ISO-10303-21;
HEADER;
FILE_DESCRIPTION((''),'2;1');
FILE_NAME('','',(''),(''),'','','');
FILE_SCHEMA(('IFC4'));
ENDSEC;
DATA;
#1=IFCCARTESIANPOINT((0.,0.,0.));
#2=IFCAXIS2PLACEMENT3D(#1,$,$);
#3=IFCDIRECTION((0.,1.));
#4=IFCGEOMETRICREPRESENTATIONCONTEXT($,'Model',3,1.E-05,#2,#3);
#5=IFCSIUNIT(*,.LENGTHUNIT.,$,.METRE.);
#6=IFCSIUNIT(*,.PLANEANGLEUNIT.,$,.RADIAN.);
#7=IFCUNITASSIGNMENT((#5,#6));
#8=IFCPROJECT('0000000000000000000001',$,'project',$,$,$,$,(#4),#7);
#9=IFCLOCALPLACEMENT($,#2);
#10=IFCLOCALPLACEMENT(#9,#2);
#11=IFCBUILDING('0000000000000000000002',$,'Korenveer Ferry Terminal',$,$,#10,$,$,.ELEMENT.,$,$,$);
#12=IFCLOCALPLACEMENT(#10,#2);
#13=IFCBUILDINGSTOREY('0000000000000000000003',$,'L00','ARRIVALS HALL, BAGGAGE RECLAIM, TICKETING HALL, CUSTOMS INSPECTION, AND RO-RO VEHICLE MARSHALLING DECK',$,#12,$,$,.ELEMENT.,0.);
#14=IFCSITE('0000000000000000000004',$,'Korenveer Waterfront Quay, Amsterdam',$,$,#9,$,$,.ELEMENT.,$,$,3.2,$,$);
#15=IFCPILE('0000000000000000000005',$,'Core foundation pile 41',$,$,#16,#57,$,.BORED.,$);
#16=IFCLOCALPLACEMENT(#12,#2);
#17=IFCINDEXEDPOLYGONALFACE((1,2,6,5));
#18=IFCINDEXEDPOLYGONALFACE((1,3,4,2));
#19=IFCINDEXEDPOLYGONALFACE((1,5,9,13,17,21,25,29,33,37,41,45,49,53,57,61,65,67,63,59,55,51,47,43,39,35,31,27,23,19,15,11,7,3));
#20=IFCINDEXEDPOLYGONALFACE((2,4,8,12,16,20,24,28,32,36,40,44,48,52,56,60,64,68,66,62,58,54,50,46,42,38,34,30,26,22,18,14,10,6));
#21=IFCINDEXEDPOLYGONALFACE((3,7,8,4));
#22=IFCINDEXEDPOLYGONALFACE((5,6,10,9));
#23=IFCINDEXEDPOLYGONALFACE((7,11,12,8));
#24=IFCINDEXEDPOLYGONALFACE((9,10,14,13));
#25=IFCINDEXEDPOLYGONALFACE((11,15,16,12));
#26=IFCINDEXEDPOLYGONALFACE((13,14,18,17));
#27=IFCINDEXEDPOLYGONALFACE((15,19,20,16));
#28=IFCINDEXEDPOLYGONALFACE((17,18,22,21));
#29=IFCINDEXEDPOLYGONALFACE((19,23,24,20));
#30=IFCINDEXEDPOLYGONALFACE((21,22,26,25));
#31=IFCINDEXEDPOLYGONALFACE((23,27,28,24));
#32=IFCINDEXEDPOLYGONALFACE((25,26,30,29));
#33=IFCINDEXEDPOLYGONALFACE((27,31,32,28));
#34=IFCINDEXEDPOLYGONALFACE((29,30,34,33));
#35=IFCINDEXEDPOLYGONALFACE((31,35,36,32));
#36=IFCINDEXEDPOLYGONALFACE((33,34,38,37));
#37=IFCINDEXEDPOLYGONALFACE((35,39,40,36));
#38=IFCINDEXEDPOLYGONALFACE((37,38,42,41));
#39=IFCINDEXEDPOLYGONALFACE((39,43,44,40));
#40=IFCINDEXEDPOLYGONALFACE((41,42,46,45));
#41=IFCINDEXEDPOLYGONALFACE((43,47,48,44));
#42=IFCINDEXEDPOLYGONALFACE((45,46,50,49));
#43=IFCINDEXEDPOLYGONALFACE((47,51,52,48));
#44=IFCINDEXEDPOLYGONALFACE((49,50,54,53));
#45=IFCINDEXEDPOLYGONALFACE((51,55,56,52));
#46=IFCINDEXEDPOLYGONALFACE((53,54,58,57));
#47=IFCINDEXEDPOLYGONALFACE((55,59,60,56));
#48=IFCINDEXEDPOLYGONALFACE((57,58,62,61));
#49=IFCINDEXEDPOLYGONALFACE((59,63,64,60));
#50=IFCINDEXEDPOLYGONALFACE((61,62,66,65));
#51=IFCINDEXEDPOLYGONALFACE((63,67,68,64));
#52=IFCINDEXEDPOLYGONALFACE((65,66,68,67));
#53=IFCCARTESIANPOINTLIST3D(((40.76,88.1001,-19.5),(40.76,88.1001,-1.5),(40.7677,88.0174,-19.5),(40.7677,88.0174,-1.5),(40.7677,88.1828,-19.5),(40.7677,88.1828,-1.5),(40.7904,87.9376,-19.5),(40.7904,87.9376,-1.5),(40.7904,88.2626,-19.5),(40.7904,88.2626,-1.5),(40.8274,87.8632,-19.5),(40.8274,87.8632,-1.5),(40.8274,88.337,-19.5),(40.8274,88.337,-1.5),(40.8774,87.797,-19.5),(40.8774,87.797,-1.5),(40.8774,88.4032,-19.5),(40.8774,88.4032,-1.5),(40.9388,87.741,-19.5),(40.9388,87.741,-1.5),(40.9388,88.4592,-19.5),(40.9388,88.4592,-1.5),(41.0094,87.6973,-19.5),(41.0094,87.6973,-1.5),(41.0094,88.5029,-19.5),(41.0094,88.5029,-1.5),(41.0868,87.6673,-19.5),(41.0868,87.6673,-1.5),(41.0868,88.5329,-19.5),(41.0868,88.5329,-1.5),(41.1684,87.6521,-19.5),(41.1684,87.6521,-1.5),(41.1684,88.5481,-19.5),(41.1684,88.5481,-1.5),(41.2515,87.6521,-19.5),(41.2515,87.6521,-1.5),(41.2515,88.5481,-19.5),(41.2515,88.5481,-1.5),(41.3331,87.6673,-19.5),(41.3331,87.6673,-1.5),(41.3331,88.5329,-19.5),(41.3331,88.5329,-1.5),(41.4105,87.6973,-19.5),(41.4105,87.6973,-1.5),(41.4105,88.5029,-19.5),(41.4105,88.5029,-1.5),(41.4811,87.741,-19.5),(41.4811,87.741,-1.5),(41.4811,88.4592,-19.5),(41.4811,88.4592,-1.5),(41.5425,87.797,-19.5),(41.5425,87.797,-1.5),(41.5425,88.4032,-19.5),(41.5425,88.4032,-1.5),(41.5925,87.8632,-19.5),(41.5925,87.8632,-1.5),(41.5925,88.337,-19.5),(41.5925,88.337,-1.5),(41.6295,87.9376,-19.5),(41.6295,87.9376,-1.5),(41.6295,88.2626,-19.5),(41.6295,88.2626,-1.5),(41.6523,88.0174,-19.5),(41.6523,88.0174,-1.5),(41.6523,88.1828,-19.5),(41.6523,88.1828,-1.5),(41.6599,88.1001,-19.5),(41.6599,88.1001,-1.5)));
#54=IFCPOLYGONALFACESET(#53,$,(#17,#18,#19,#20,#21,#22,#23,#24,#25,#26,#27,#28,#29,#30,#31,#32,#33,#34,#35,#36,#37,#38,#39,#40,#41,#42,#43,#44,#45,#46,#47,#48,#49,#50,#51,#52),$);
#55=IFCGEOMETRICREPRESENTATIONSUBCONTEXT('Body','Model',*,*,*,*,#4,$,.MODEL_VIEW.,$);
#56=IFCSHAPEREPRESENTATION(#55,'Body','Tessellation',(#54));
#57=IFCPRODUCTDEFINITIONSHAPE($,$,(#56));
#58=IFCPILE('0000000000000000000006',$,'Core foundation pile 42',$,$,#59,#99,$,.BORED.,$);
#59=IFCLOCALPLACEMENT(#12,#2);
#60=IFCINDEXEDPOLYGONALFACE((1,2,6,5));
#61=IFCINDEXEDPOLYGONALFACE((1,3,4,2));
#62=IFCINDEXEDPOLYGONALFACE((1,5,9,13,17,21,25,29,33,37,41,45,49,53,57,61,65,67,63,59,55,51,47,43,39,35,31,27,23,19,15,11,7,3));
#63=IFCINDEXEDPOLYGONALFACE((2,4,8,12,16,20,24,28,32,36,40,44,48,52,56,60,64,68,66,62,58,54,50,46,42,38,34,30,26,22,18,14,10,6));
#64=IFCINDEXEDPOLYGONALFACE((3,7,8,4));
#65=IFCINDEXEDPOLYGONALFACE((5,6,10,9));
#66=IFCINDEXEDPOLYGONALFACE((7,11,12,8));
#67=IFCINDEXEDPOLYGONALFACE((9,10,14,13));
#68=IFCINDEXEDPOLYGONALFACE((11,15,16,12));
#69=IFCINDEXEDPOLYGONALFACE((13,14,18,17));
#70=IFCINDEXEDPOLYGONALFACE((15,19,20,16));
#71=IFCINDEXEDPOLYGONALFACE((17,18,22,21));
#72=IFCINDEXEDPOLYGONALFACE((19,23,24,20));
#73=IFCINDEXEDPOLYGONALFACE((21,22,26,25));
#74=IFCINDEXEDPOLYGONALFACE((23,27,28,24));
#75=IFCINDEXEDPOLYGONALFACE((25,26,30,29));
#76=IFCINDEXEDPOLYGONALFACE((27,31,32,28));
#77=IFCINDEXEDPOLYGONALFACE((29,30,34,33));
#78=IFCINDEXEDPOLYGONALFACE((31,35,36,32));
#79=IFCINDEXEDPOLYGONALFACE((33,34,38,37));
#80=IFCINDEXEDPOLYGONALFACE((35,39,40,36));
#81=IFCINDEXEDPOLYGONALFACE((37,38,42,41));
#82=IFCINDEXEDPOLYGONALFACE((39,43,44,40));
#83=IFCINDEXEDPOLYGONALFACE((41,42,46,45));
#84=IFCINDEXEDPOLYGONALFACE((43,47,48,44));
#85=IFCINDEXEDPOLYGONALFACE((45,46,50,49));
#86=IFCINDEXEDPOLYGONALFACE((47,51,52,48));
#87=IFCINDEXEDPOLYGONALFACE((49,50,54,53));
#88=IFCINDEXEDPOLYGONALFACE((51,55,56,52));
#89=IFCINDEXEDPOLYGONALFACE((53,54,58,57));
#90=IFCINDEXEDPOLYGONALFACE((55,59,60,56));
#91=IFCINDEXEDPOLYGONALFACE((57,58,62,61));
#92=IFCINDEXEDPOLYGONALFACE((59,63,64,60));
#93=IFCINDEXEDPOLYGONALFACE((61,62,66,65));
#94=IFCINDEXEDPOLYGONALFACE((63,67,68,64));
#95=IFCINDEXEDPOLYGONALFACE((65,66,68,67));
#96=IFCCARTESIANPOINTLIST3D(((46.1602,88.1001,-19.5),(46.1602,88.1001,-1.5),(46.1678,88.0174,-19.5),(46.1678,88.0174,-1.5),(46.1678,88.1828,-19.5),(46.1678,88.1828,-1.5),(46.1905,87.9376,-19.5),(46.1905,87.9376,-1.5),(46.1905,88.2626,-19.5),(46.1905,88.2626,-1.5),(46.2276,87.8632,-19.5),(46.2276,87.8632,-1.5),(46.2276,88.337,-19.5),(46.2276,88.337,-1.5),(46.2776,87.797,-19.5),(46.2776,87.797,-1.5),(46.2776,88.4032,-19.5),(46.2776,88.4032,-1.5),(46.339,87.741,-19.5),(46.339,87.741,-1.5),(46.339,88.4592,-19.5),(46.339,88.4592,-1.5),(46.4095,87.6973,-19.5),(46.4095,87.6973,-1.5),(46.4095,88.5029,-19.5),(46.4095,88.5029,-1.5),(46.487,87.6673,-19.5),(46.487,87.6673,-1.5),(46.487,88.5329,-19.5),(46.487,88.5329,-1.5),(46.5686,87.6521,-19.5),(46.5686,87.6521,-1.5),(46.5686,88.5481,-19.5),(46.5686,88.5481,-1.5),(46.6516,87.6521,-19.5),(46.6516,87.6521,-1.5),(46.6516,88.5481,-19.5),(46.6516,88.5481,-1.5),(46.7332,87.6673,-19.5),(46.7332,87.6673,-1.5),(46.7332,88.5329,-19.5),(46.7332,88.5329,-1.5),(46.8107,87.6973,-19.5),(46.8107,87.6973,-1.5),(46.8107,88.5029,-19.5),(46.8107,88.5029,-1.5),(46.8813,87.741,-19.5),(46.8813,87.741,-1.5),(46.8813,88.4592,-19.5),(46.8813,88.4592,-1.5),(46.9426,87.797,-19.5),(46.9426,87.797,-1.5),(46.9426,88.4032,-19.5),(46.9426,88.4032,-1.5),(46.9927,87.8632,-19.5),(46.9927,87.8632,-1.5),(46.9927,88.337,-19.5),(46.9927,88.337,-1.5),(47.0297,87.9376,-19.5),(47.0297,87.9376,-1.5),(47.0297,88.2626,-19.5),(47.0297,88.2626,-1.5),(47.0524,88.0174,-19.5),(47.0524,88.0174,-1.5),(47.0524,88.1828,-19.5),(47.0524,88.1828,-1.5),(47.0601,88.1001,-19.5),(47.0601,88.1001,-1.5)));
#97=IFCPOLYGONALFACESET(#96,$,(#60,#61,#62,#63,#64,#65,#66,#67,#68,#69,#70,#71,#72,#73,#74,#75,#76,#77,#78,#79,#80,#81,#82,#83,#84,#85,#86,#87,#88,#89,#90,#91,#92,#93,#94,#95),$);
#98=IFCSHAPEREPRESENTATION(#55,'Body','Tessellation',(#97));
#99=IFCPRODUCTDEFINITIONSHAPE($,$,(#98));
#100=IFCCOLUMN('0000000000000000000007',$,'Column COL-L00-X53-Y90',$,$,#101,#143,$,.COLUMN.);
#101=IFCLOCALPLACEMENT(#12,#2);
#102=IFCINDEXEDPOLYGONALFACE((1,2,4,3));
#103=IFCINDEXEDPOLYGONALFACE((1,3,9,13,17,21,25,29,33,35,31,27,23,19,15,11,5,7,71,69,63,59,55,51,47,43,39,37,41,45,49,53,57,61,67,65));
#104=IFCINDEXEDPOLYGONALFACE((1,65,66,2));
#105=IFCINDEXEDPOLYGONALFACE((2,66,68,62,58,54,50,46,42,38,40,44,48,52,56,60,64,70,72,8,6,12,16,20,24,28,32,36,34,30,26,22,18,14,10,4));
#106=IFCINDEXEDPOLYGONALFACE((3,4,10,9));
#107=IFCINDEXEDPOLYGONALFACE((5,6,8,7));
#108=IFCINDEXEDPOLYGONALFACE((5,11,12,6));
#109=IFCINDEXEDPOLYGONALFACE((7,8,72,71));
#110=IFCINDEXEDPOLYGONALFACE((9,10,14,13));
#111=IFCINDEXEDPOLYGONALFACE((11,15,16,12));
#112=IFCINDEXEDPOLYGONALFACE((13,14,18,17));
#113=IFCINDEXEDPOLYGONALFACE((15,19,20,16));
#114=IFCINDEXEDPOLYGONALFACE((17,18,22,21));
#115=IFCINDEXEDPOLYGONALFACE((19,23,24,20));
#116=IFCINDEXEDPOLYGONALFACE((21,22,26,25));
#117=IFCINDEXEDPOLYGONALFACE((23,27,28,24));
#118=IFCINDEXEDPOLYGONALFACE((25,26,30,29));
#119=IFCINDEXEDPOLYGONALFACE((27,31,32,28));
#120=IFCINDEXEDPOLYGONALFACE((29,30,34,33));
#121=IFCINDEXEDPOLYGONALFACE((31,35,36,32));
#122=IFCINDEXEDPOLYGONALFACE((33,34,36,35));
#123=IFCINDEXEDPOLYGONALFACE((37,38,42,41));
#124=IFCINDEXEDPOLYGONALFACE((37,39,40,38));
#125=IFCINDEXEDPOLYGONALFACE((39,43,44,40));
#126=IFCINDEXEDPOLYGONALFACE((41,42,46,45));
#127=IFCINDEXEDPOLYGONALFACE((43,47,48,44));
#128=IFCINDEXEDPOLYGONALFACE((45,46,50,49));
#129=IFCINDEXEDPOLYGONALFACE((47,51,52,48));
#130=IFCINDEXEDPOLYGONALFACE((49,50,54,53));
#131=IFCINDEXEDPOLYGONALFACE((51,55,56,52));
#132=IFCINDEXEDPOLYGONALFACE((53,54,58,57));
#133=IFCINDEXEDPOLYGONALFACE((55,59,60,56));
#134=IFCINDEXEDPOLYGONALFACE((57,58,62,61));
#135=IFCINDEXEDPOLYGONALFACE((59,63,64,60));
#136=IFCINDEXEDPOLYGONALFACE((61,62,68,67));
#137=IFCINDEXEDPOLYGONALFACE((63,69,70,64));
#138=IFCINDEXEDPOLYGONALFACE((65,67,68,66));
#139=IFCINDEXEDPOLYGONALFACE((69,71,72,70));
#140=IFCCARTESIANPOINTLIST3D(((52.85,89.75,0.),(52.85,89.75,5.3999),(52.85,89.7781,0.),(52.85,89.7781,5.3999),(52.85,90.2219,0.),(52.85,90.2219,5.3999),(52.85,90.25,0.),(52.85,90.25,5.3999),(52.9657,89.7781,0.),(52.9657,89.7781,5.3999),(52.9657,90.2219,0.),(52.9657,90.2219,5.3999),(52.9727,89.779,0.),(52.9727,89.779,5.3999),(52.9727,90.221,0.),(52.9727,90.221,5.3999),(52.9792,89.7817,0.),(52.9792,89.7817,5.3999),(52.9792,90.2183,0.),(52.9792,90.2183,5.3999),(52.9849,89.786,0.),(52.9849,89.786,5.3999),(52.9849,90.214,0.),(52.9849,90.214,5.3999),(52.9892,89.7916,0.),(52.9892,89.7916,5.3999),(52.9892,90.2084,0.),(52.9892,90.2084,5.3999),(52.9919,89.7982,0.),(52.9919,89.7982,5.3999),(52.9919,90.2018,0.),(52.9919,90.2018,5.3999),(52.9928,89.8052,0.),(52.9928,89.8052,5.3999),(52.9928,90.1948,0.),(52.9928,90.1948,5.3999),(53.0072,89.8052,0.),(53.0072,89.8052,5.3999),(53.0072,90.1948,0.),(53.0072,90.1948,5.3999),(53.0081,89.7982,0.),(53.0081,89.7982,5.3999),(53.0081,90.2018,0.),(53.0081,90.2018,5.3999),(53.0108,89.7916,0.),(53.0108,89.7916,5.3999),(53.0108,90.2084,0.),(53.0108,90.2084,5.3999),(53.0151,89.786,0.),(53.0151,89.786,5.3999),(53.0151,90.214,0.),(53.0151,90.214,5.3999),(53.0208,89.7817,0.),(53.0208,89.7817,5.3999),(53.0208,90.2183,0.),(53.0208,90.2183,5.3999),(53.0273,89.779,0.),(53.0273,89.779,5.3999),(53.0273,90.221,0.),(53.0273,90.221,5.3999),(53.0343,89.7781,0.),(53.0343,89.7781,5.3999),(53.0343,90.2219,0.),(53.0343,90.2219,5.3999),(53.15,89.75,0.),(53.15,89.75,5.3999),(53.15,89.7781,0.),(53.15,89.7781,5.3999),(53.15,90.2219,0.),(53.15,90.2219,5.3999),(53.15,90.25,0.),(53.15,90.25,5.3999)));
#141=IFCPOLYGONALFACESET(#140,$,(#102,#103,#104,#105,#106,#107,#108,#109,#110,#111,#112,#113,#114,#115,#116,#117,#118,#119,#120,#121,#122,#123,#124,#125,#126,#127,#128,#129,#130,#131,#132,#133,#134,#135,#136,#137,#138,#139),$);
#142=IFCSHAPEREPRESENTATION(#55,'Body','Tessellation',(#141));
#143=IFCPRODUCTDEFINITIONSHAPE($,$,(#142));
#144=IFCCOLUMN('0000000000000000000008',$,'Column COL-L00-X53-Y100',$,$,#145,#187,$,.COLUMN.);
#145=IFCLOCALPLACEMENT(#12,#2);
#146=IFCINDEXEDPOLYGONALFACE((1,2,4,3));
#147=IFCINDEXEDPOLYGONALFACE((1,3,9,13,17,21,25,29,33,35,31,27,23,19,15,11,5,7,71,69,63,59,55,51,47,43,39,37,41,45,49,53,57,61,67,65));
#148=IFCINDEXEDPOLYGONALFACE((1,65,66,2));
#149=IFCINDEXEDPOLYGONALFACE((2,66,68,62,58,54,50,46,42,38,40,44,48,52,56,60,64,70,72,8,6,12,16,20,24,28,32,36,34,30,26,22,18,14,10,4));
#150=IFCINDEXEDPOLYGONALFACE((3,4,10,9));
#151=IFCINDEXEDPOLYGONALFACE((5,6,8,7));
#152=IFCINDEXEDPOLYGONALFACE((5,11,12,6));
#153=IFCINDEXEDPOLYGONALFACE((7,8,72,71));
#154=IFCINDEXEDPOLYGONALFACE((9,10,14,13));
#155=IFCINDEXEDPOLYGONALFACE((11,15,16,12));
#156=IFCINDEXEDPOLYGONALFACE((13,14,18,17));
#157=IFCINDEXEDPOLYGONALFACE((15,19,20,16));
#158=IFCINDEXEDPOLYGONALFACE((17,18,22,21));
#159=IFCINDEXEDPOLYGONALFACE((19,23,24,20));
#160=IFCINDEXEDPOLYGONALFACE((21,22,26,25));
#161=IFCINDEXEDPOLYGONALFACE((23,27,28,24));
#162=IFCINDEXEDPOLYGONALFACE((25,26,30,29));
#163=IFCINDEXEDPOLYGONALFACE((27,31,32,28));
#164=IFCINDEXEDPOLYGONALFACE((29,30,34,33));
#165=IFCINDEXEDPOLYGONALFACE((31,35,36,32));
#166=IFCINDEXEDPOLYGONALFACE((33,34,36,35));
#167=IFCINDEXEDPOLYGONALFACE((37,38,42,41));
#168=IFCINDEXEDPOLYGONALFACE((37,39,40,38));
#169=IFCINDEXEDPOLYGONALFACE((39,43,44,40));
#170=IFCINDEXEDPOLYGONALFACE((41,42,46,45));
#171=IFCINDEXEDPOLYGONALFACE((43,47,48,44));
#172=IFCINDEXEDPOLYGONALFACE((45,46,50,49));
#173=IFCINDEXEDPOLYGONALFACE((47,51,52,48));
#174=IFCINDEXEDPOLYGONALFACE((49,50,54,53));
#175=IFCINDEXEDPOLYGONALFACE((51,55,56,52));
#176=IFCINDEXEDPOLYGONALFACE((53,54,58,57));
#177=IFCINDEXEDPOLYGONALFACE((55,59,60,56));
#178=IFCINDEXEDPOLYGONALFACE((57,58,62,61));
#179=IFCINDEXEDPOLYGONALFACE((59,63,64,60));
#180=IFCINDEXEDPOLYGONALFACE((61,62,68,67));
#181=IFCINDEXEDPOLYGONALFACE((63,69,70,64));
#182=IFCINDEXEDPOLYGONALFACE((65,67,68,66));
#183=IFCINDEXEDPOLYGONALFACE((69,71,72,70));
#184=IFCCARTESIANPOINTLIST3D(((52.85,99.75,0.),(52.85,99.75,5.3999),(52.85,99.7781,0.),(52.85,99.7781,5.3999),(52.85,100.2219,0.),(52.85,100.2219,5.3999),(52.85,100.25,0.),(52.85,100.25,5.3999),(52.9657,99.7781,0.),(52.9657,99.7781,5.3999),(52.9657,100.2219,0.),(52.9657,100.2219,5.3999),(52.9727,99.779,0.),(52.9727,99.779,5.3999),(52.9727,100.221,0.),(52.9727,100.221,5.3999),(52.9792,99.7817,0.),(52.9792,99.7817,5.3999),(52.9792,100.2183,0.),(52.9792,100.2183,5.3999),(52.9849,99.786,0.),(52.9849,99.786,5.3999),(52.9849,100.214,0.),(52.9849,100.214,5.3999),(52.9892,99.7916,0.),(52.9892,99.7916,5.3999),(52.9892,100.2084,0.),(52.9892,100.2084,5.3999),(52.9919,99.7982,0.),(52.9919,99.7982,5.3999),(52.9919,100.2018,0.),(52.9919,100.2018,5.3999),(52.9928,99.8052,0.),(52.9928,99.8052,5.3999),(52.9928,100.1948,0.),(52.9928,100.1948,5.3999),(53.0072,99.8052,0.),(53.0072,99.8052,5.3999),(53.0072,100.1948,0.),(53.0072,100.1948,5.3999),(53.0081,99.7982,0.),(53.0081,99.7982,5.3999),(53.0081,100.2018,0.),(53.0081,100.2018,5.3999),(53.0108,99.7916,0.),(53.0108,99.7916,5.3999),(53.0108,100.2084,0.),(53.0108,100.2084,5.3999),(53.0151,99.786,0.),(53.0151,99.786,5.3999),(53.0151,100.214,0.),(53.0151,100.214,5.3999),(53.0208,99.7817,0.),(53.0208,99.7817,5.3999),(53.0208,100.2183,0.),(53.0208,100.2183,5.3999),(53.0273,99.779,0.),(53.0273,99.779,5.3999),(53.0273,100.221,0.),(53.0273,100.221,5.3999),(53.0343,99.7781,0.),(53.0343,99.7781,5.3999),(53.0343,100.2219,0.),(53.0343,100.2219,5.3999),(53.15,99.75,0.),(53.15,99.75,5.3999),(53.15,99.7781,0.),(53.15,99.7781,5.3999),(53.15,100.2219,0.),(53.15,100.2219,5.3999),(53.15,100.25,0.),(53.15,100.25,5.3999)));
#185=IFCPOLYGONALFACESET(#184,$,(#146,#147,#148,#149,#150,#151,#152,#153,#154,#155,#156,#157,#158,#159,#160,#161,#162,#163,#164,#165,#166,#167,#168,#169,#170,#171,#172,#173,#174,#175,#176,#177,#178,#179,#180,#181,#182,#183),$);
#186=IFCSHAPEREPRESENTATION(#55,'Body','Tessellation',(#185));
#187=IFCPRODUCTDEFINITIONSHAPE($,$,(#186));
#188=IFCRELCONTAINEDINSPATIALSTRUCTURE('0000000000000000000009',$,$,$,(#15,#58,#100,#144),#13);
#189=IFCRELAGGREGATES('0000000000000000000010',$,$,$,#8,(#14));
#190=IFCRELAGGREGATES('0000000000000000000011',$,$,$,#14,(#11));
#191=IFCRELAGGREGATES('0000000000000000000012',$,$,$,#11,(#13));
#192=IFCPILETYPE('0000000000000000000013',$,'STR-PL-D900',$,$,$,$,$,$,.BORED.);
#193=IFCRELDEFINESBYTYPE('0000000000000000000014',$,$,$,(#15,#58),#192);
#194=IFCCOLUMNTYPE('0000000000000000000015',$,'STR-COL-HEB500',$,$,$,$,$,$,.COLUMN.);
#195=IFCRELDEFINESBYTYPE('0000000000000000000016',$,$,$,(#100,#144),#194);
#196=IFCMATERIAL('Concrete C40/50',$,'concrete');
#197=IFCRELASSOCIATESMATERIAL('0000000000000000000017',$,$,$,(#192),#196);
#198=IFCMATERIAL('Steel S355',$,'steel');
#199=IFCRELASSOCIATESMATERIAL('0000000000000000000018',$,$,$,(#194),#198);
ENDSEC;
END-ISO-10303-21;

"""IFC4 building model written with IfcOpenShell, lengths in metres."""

from ifc_helpers import new_model, si_unit, direction, frame, origin, origin_2d, place, context, subcontext, project, spatial, circle, i_section, extrude, material, material_profile, profile_set, type_object, element, save


model = new_model("IFC4")

# Units and contexts
model_context = context("Model", 3, precision=1e-05, world=origin(), true_north=direction((0.0, 1.0)))
body_context = subcontext(model_context, "Body", "Model", "MODEL_VIEW")
ifc_project = project(units=[si_unit("LENGTHUNIT", "METRE"), si_unit("PLANEANGLEUNIT", "RADIAN")], contexts=[model_context])

# Site, building, storey
site_placement = place(None, origin())
site = spatial("IfcSite", under=ifc_project, at=site_placement, Name="Korenveer Waterfront Quay, Amsterdam", CompositionType="ELEMENT", RefElevation=3.2)
building_placement = place(site_placement, origin())
building = spatial("IfcBuilding", under=site, at=building_placement, Name="Korenveer Ferry Terminal", CompositionType="ELEMENT")
storey_placement = place(building_placement, origin())
storey = spatial("IfcBuildingStorey", under=building, at=storey_placement, Name="L00", Description="ARRIVALS HALL, BAGGAGE RECLAIM, TICKETING HALL, CUSTOMS INSPECTION, AND RO-RO VEHICLE MARSHALLING DECK", CompositionType="ELEMENT", Elevation=0.0)

# Shared definitions
ifc_material_1 = material(Name="Concrete C40/50", Category="concrete")

# Piles
ifc_material_profile_1 = material_profile(ifc_material_1, circle(Radius=0.45, at=origin_2d()), Name="PILE D900")
ifc_profile_set_1 = profile_set([ifc_material_profile_1], Name="Concrete C40/50")
pile_type_1 = type_object("IfcPileType", Name="STR-PL-D900", PredefinedType="BORED", material=ifc_profile_set_1)
for number, where, z_axis, x_axis, name in (
    (1, (41.21, 88.1001, -1.5), (0.0, 0.0, -1.0), (1.0, 0.0, 0.0), "Core foundation pile 41"),
    (2, (46.6101, 88.1001, -1.5), (0.0, 0.0, -1.0), (1.0, 0.0, 0.0), "Core foundation pile 42"),
):
    element("IfcPile", number, at=place(storey_placement, frame(where, z_axis=z_axis, x_axis=x_axis)), inside=storey, type_object=pile_type_1, Name=name, PredefinedType="BORED", context=body_context, shape_type="SweptSolid", body=[
        extrude(circle(Radius=0.45, at=origin_2d()), origin(), (0.0, 0.0, 1.0), 18.0),
    ])

# Columns
ifc_material_2 = material(Name="Steel S355", Category="steel")
ifc_material_profile_2 = material_profile(ifc_material_2, i_section(OverallWidth=0.3, OverallDepth=0.5, WebThickness=0.0144, FlangeThickness=0.0281, FilletRadius=0.0271, at=origin_2d()), Name="HEB 500")
ifc_profile_set_2 = profile_set([ifc_material_profile_2], Name="Steel S355")
column_type = type_object("IfcColumnType", Name="STR-COL-HEB500", PredefinedType="COLUMN", material=ifc_profile_set_2)
for number, where, z_axis, x_axis, name in (
    (3, (53.0, 90.0, 0.0), (0.0, 0.0, 1.0), (1.0, 0.0, 0.0), "Column COL-L00-X53-Y90"),
    (4, (53.0, 100.0, 0.0), (0.0, 0.0, 1.0), (1.0, 0.0, 0.0), "Column COL-L00-X53-Y100"),
):
    element("IfcColumn", number, at=place(storey_placement, frame(where, z_axis=z_axis, x_axis=x_axis)), inside=storey, type_object=column_type, Name=name, PredefinedType="COLUMN", context=body_context, shape_type="SweptSolid", body=[
        extrude(i_section(OverallWidth=0.3, OverallDepth=0.5, WebThickness=0.0144, FlangeThickness=0.0281, FilletRadius=0.0271, at=origin_2d()), origin(), (0.0, 0.0, 1.0), 5.3999),
    ])

save(model, "model.ifc")
